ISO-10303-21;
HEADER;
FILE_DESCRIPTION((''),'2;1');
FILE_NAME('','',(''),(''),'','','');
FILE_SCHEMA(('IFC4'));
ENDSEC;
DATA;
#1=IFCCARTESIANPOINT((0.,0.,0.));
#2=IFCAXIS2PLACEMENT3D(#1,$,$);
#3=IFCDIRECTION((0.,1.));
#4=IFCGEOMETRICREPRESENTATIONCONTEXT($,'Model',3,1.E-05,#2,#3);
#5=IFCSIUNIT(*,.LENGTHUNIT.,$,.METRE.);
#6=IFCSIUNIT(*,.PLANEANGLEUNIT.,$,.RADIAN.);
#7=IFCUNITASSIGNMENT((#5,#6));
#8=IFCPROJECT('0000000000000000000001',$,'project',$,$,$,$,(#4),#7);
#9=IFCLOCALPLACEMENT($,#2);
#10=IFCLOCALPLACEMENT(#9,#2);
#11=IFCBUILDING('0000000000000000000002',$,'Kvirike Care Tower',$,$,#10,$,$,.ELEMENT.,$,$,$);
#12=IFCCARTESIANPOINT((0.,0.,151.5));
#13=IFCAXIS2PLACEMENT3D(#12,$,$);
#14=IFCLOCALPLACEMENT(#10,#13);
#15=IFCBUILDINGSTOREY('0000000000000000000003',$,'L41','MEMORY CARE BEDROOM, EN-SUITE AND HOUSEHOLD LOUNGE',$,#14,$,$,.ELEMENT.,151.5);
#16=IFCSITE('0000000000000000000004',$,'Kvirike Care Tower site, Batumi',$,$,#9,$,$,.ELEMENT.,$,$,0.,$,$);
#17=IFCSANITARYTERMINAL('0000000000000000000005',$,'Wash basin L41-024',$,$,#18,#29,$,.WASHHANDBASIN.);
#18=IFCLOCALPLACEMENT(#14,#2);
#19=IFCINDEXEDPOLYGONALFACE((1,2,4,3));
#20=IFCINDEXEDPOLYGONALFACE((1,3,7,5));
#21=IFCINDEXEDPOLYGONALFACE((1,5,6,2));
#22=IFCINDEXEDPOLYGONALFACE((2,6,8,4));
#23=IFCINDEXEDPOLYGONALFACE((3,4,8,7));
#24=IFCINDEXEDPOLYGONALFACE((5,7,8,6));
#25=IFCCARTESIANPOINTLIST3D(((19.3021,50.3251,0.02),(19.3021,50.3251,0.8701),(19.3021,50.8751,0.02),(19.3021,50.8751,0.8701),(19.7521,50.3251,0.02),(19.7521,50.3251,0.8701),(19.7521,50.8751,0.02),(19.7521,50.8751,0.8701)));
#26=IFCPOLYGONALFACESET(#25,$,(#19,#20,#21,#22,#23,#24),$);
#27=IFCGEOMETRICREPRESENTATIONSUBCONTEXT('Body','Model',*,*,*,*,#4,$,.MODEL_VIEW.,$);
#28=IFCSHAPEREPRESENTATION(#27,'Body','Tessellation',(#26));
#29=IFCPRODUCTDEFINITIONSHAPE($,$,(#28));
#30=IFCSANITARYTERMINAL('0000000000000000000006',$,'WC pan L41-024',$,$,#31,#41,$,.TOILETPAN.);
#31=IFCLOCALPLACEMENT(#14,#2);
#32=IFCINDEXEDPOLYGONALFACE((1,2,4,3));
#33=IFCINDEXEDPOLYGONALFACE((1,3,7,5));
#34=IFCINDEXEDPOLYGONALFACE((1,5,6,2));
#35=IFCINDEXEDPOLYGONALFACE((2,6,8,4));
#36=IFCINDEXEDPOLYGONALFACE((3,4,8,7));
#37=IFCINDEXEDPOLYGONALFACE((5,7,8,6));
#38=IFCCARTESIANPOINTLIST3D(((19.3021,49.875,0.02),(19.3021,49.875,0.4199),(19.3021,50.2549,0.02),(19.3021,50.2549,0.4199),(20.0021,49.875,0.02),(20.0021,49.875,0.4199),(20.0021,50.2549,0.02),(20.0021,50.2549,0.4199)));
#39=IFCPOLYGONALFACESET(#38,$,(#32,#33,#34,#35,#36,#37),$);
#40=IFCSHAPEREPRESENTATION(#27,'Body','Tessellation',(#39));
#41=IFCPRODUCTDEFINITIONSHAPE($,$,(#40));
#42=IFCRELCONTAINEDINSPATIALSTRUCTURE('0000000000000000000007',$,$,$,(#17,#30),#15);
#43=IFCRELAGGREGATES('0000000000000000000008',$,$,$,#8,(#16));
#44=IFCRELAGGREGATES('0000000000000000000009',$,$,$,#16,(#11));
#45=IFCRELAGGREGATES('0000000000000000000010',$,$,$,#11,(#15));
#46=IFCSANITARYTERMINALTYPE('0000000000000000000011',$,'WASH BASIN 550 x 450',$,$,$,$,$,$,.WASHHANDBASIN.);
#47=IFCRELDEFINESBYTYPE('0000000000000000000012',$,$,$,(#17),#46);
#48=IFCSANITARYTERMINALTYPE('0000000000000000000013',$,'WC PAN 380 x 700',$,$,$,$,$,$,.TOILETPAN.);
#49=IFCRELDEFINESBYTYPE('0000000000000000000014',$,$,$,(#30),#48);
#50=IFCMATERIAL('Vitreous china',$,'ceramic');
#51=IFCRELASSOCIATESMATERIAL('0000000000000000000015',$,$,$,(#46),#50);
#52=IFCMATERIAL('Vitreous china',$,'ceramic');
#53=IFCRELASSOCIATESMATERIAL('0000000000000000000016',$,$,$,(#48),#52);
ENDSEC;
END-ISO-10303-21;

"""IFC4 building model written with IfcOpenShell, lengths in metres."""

from ifc_helpers import new_model, si_unit, direction, frame, origin, origin_2d, place, context, subcontext, project, spatial, rectangle, extrude, material, type_object, element, save


model = new_model("IFC4")

# Units and contexts
model_context = context("Model", 3, precision=1e-05, world=origin(), true_north=direction((0.0, 1.0)))
body_context = subcontext(model_context, "Body", "Model", "MODEL_VIEW")
ifc_project = project(units=[si_unit("LENGTHUNIT", "METRE"), si_unit("PLANEANGLEUNIT", "RADIAN")], contexts=[model_context])

# Site, building, storey
site_placement = place(None, origin())
site = spatial("IfcSite", under=ifc_project, at=site_placement, Name="Kvirike Care Tower site, Batumi", CompositionType="ELEMENT", RefElevation=0.0)
building_placement = place(site_placement, origin())
building = spatial("IfcBuilding", under=site, at=building_placement, Name="Kvirike Care Tower", CompositionType="ELEMENT")
storey_placement = place(building_placement, frame((0.0, 0.0, 151.5)))
storey = spatial("IfcBuildingStorey", under=building, at=storey_placement, Name="L41", Description="MEMORY CARE BEDROOM, EN-SUITE AND HOUSEHOLD LOUNGE", CompositionType="ELEMENT", Elevation=151.5)

# Sanitary terminals
ifc_material_1 = material(Name="Vitreous china", Category="ceramic")
sanitary_terminal_type_1 = type_object("IfcSanitaryTerminalType", Name="WASH BASIN 550 x 450", PredefinedType="WASHHANDBASIN", material=ifc_material_1)
sanitary_terminal_1_placement = place(storey_placement, frame((19.5271, 50.6001, 0.02), z_axis=(0.0, 0.0, 1.0), x_axis=(0.0, 1.0, 0.0)))
element("IfcSanitaryTerminal", 1, at=sanitary_terminal_1_placement, inside=storey, type_object=sanitary_terminal_type_1, Name="Wash basin L41-024", PredefinedType="WASHHANDBASIN", context=body_context, shape_type="SweptSolid", body=[
    extrude(rectangle(XDim=0.55, YDim=0.45, at=origin_2d()), origin(), (0.0, 0.0, 1.0), 0.8501),
])
ifc_material_2 = material(Name="Vitreous china", Category="ceramic")
sanitary_terminal_type_2 = type_object("IfcSanitaryTerminalType", Name="WC PAN 380 x 700", PredefinedType="TOILETPAN", material=ifc_material_2)
sanitary_terminal_2_placement = place(storey_placement, frame((19.6521, 50.0649, 0.02), z_axis=(0.0, 0.0, 1.0), x_axis=(0.0, 1.0, 0.0)))
element("IfcSanitaryTerminal", 2, at=sanitary_terminal_2_placement, inside=storey, type_object=sanitary_terminal_type_2, Name="WC pan L41-024", PredefinedType="TOILETPAN", context=body_context, shape_type="SweptSolid", body=[
    extrude(rectangle(XDim=0.3799, YDim=0.7, at=origin_2d()), origin(), (0.0, 0.0, 1.0), 0.3999),
])

save(model, "model.ifc")
